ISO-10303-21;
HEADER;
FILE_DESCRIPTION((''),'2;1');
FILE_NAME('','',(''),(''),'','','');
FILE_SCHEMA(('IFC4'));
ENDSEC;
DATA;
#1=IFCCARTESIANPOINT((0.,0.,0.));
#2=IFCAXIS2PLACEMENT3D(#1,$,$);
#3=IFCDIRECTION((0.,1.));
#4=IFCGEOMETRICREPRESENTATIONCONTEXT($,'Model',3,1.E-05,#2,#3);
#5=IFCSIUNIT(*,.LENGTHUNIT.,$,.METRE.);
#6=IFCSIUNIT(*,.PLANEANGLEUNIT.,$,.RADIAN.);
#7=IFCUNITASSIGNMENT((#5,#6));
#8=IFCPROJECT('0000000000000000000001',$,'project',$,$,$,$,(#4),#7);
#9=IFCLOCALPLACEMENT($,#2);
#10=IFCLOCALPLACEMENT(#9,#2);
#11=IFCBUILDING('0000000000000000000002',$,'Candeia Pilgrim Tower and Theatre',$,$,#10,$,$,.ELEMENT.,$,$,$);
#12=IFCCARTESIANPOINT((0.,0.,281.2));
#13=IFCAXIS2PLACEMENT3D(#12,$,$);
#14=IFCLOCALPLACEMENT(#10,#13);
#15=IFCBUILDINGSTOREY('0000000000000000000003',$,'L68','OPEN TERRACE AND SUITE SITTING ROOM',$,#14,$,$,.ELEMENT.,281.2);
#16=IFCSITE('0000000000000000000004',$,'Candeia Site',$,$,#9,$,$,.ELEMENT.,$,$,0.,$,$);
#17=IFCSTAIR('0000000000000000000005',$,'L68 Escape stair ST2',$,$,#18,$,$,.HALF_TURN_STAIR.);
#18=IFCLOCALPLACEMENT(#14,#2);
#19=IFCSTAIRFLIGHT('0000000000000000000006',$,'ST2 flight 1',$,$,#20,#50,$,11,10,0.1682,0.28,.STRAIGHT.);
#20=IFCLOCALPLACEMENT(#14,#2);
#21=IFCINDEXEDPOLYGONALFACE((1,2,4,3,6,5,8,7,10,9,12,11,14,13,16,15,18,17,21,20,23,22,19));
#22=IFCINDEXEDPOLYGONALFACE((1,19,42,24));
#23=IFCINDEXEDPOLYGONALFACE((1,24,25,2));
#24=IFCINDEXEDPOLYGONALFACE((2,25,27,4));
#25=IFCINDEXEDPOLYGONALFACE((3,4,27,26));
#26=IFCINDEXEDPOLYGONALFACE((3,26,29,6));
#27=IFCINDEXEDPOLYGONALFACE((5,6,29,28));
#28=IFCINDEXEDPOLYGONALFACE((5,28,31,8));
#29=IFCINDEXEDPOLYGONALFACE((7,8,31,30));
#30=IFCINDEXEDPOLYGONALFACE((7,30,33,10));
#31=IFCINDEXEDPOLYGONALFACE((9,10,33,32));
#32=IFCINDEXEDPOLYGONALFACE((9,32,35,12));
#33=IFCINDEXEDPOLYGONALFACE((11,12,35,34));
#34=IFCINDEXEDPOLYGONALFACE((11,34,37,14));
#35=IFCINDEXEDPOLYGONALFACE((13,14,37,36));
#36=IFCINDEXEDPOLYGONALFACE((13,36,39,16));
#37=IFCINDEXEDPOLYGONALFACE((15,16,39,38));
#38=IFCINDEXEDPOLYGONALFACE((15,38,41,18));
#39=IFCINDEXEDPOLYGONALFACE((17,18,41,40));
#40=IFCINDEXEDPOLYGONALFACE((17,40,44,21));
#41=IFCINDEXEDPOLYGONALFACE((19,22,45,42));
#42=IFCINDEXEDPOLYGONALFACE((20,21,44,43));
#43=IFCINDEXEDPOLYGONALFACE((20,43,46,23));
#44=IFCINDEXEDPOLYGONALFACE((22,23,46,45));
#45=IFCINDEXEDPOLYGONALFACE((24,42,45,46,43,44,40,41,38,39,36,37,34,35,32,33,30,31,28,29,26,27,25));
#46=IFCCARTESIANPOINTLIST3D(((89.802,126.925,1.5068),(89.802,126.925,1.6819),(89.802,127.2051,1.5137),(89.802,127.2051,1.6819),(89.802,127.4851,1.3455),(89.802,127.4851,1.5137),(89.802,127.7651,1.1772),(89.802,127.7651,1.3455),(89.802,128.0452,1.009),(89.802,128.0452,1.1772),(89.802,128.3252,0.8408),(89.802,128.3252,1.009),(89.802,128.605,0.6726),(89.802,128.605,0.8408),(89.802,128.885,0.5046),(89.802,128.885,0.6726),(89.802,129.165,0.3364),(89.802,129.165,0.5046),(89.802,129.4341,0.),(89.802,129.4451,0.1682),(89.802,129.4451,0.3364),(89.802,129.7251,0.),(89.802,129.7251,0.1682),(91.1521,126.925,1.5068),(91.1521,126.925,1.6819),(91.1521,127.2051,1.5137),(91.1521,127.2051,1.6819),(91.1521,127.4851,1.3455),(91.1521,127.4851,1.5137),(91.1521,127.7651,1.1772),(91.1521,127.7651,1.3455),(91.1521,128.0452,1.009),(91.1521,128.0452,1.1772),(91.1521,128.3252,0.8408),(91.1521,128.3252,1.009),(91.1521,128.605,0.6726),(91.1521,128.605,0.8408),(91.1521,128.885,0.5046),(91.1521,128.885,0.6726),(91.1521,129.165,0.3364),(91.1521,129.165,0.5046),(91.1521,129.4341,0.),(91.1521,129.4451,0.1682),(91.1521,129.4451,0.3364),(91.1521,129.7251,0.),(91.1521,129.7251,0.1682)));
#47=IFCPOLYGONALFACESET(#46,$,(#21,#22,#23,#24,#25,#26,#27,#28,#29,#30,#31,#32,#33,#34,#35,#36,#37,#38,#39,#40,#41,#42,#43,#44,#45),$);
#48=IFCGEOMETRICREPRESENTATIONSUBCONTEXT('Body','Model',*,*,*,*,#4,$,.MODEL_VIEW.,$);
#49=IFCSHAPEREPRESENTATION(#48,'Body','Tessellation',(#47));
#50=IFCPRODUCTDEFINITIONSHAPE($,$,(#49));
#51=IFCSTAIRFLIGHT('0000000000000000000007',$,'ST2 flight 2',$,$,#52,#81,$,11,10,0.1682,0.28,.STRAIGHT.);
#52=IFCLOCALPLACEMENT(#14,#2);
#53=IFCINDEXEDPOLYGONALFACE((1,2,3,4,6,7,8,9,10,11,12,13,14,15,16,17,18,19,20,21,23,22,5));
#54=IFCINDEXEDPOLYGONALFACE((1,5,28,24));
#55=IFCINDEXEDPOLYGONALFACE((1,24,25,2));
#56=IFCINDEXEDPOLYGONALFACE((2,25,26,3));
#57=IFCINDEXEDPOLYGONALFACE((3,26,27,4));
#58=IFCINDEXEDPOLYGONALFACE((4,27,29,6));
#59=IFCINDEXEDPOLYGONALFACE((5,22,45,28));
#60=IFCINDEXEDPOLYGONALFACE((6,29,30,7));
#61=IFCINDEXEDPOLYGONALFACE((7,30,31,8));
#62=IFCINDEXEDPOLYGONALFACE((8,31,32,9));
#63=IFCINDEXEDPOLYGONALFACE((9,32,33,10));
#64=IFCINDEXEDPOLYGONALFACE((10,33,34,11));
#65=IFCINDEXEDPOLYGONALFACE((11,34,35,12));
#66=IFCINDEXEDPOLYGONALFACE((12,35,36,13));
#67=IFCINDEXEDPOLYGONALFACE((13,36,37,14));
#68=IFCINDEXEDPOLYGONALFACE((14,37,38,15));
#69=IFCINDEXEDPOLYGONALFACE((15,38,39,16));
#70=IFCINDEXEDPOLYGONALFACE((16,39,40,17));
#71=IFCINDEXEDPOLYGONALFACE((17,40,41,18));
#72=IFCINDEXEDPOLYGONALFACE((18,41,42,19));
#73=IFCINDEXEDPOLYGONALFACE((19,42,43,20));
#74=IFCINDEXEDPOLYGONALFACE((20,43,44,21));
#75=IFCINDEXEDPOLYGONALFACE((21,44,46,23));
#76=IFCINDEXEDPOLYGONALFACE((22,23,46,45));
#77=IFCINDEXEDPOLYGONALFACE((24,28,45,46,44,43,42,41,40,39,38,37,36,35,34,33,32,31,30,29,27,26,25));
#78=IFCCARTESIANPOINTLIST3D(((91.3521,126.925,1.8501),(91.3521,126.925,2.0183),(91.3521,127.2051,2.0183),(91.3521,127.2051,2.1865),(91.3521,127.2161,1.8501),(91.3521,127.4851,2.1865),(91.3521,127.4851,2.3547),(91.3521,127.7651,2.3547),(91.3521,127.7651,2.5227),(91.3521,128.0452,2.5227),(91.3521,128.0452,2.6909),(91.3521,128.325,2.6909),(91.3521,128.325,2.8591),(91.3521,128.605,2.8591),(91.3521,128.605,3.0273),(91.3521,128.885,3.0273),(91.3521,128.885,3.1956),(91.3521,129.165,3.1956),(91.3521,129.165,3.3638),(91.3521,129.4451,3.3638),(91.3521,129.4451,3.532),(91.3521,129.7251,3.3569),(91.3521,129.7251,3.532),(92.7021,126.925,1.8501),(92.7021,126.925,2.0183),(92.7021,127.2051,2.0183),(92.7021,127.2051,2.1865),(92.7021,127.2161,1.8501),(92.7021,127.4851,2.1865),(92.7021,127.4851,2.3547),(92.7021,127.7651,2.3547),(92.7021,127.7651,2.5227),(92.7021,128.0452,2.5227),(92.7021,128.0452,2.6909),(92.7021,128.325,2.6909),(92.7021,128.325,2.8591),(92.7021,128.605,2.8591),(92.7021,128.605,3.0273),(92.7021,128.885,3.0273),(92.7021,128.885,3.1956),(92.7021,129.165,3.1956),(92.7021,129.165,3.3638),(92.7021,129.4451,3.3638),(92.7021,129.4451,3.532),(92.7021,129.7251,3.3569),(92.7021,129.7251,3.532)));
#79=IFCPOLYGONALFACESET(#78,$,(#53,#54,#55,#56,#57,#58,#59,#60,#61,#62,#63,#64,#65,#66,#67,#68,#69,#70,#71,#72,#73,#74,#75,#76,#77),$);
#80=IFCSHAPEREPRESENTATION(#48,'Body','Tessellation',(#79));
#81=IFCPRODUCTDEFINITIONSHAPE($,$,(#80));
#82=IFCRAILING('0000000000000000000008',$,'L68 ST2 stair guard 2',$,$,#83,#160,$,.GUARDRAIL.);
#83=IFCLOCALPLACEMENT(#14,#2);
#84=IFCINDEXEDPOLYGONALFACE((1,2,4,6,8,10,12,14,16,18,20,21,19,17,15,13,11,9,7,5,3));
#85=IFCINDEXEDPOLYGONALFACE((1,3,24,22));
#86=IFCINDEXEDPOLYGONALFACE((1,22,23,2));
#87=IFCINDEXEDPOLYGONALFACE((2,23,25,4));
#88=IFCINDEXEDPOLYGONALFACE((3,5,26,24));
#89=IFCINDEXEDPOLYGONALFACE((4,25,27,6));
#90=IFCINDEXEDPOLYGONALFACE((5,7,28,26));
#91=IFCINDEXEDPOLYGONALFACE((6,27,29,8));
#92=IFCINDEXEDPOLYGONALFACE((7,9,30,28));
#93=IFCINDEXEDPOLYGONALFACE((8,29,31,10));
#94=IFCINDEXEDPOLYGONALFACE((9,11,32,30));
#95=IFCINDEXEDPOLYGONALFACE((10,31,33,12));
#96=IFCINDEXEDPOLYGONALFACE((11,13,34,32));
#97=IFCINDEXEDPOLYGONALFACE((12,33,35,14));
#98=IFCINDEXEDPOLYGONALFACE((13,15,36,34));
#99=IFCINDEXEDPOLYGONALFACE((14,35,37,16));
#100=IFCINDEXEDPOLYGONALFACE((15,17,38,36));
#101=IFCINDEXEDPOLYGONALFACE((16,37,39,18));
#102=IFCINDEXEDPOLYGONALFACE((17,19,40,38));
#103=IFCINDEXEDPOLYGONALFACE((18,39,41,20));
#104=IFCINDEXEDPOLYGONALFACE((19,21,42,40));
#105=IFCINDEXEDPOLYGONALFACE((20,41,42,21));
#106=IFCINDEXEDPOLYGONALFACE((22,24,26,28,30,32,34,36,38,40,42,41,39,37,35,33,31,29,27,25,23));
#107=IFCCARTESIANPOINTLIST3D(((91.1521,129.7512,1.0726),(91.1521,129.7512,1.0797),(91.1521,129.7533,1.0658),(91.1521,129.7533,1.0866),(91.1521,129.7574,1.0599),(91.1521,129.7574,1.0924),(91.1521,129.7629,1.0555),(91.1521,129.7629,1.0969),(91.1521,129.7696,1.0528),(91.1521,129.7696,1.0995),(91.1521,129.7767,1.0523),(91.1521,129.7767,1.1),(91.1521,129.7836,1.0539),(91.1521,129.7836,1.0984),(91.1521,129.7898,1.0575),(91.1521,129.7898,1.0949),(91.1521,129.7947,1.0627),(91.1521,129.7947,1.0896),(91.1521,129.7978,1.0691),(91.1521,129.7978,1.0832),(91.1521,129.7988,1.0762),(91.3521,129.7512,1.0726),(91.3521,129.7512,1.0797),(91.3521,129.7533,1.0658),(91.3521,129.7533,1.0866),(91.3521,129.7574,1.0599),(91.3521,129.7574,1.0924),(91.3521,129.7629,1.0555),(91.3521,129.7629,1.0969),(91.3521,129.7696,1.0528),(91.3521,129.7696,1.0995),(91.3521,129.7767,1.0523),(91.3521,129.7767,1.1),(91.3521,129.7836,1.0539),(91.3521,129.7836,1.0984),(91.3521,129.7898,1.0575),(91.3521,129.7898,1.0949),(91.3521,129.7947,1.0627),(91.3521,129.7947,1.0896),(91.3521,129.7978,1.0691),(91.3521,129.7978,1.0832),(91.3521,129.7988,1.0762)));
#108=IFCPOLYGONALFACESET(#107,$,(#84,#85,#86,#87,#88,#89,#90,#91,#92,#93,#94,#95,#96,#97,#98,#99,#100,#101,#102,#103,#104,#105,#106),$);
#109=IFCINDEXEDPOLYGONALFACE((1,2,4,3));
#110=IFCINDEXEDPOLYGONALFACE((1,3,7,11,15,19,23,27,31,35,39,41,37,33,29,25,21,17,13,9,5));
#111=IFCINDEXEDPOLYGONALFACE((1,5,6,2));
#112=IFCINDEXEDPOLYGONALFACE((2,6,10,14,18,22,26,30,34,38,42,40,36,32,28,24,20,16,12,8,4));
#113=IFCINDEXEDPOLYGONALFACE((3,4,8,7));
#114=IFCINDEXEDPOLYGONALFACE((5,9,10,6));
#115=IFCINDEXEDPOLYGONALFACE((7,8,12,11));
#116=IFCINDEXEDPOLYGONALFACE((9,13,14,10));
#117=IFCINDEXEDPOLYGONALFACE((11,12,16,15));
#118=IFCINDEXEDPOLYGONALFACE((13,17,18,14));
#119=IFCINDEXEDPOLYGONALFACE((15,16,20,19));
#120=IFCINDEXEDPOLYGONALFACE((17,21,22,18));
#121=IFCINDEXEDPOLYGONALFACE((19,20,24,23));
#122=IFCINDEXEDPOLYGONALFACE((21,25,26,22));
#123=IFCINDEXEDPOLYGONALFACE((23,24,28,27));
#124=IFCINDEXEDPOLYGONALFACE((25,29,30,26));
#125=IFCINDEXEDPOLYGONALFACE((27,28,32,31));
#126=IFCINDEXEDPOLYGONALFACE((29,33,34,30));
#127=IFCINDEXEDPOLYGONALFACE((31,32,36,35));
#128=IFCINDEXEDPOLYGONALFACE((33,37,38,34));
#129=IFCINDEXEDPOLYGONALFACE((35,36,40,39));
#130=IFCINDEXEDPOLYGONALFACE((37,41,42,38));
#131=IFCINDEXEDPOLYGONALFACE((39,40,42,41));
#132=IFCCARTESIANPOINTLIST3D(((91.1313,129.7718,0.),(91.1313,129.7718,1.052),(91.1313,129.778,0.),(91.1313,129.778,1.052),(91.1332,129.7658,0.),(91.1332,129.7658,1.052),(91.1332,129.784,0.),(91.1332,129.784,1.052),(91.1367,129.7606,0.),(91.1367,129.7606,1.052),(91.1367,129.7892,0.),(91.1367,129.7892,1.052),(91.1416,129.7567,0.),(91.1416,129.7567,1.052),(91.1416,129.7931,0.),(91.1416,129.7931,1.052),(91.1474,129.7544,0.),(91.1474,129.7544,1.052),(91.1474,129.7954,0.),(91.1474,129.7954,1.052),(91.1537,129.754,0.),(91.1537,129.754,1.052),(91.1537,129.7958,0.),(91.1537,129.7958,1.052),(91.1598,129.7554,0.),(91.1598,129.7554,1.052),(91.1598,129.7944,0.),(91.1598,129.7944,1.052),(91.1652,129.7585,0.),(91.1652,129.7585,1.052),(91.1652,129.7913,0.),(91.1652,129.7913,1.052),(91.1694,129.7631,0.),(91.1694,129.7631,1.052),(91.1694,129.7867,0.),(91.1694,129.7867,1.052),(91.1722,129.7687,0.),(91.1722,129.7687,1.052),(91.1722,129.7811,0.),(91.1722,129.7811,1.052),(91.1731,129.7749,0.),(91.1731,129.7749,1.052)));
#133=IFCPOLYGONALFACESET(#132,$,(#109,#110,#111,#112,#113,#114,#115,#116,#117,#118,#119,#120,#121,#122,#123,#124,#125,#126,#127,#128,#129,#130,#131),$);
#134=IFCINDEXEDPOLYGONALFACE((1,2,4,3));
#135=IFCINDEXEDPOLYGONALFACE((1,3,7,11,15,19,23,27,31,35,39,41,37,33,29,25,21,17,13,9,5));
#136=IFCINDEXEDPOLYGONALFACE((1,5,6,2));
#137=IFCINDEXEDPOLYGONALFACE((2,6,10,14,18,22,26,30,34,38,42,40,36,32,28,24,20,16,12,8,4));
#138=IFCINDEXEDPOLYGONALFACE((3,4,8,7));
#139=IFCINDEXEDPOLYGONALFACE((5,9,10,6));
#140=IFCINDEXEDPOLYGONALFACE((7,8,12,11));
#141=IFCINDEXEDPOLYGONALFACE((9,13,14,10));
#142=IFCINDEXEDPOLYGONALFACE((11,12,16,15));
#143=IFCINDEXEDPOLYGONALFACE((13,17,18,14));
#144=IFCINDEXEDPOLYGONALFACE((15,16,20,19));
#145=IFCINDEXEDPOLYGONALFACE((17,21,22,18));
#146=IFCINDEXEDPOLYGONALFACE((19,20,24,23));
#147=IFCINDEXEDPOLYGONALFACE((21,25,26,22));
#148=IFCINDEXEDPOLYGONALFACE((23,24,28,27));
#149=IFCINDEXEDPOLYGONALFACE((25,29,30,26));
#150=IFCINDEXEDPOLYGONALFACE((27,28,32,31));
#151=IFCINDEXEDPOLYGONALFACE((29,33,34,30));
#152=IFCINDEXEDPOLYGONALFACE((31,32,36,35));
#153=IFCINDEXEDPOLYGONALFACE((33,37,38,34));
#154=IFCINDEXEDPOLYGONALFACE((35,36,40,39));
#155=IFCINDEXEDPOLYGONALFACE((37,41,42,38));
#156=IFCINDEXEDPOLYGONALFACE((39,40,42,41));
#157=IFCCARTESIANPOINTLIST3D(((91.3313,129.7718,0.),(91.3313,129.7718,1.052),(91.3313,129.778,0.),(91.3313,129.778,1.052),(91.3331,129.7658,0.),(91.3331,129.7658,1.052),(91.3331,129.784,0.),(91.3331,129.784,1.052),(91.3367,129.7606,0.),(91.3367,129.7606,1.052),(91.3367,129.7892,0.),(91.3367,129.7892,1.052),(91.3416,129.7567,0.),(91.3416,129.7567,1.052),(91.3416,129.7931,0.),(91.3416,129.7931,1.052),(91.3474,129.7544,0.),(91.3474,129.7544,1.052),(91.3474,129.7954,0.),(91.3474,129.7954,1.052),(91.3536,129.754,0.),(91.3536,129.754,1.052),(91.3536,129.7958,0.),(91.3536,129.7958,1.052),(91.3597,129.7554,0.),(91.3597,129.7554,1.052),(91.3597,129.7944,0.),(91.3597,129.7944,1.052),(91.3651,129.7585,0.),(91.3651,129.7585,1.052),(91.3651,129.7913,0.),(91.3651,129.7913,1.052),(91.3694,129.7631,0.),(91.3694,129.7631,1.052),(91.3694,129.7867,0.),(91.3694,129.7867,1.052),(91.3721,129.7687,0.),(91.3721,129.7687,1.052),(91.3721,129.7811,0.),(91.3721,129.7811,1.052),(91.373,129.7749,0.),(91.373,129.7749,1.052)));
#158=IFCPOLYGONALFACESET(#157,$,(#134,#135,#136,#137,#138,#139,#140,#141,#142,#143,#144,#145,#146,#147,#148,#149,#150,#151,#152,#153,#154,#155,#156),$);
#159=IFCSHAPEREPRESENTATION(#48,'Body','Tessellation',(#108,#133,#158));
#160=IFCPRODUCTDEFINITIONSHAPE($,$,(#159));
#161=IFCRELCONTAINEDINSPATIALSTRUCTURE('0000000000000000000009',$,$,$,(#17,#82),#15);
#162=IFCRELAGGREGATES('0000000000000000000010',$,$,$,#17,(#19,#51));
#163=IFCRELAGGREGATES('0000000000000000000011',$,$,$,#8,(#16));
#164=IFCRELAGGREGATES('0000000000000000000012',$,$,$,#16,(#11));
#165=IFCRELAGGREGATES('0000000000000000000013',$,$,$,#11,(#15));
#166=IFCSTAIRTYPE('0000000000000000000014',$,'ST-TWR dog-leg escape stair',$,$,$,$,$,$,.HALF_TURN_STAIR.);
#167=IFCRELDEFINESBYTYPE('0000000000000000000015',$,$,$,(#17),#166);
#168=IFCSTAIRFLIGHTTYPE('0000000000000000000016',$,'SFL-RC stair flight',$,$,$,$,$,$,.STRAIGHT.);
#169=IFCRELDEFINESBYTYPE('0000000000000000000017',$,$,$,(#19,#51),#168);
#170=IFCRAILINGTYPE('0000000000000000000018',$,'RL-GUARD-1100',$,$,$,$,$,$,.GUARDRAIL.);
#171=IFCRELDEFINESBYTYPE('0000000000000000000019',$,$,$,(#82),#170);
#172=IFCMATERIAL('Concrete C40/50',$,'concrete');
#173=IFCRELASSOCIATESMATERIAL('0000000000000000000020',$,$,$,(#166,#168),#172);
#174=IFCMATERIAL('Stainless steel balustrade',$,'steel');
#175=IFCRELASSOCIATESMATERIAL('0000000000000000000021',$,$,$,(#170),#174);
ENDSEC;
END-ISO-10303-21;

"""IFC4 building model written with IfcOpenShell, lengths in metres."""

from ifc_helpers import new_model, si_unit, direction, frame, origin, origin_2d, place, context, subcontext, project, spatial, polyline, circle, outline, extrude, material, type_object, element, aggregate, save


model = new_model("IFC4")

# Units and contexts
model_context = context("Model", 3, precision=1e-05, world=origin(), true_north=direction((0.0, 1.0)))
body_context = subcontext(model_context, "Body", "Model", "MODEL_VIEW")
ifc_project = project(units=[si_unit("LENGTHUNIT", "METRE"), si_unit("PLANEANGLEUNIT", "RADIAN")], contexts=[model_context])

# Site, building, storey
site_placement = place(None, origin())
site = spatial("IfcSite", under=ifc_project, at=site_placement, Name="Candeia Site", CompositionType="ELEMENT", RefElevation=0.0)
building_placement = place(site_placement, origin())
building = spatial("IfcBuilding", under=site, at=building_placement, Name="Candeia Pilgrim Tower and Theatre", CompositionType="ELEMENT")
storey_placement = place(building_placement, frame((0.0, 0.0, 281.2)))
storey = spatial("IfcBuildingStorey", under=building, at=storey_placement, Name="L68", Description="OPEN TERRACE AND SUITE SITTING ROOM", CompositionType="ELEMENT", Elevation=281.2)

# Shared definitions
ifc_material_1 = material(Name="Concrete C40/50", Category="concrete")

# Stair, stair flights
stair_type = type_object("IfcStairType", Name="ST-TWR dog-leg escape stair", PredefinedType="HALF_TURN_STAIR", material=ifc_material_1)
stair_placement = place(storey_placement, origin())
stair = element("IfcStair", 1, at=stair_placement, inside=storey, type_object=stair_type, Name="L68 Escape stair ST2", PredefinedType="HALF_TURN_STAIR")
stair_flight_type = type_object("IfcStairFlightType", Name="SFL-RC stair flight", PredefinedType="STRAIGHT", material=ifc_material_1)
stair_flight_1_placement = place(storey_placement, frame((90.4771, 129.7251, 0.0), z_axis=(0.0, 0.0, 1.0), x_axis=(0.0, -1.0, 0.0)))
stair_flight_1 = element("IfcStairFlight", 2, at=stair_flight_1_placement, type_object=stair_flight_type, Name="ST2 flight 1", NumberOfRisers=11, NumberOfTreads=10, PredefinedType="STRAIGHT", RiserHeight=0.1682, TreadLength=0.28, context=body_context, shape_type="SweptSolid", body=[
    extrude(outline(polyline([(0.0, 0.0), (0.0, 0.1682), (0.28, 0.1682), (0.28, 0.3364), (0.5601, 0.3364), (0.5601, 0.5046), (0.8401, 0.5046), (0.8401, 0.6726), (1.1201, 0.6726), (1.1201, 0.8408), (1.3999, 0.8408), (1.3999, 1.009), (1.6799, 1.009), (1.6799, 1.1772), (1.96, 1.1772), (1.96, 1.3455), (2.24, 1.3455), (2.24, 1.5137), (2.52, 1.5137), (2.52, 1.6819), (2.8, 1.6819), (2.8, 1.8501), (2.8, 1.5068), (0.291, 0.0), (0.0, 0.0)])), frame((0.0, 0.675, 0.0), z_axis=(0.0, -1.0, 0.0), x_axis=(1.0, 0.0, 0.0)), (0.0, 0.0, 1.0), 1.3501),
])
stair_flight_2_placement = place(storey_placement, frame((92.0271, 126.925, 1.8501), z_axis=(0.0, 0.0, 1.0), x_axis=(0.0, 1.0, 0.0)))
stair_flight_2 = element("IfcStairFlight", 3, at=stair_flight_2_placement, type_object=stair_flight_type, Name="ST2 flight 2", NumberOfRisers=11, NumberOfTreads=10, PredefinedType="STRAIGHT", RiserHeight=0.1682, TreadLength=0.28, context=body_context, shape_type="SweptSolid", body=[
    extrude(outline(polyline([(0.0, 0.0), (0.0, 0.1682), (0.28, 0.1682), (0.28, 0.3364), (0.5601, 0.3364), (0.5601, 0.5046), (0.8401, 0.5046), (0.8401, 0.6726), (1.1201, 0.6726), (1.1201, 0.8408), (1.3999, 0.8408), (1.3999, 1.009), (1.6799, 1.009), (1.6799, 1.1772), (1.96, 1.1772), (1.96, 1.3455), (2.24, 1.3455), (2.24, 1.5137), (2.52, 1.5137), (2.52, 1.6819), (2.8, 1.6819), (2.8, 1.8501), (2.8, 1.5068), (0.291, 0.0), (0.0, 0.0)])), frame((0.0, 0.675, 0.0), z_axis=(0.0, -1.0, 0.0), x_axis=(1.0, 0.0, 0.0)), (0.0, 0.0, 1.0), 1.3501),
])
aggregate(stair, [stair_flight_1, stair_flight_2])

# Railing
ifc_material_2 = material(Name="Stainless steel balustrade", Category="steel")
railing_type_1 = type_object("IfcRailingType", Name="RL-GUARD-1100", PredefinedType="GUARDRAIL", material=ifc_material_2)
railing_1_placement = place(storey_placement, frame((91.1521, 129.7749, 0.0)))
element("IfcRailing", 4, at=railing_1_placement, inside=storey, type_object=railing_type_1, Name="L68 ST2 stair guard 2", PredefinedType="GUARDRAIL", context=body_context, shape_type="SweptSolid", body=[
    extrude(circle(Radius=0.0239, at=origin_2d()), frame((0.0, 0.0, 1.0762), z_axis=(1.0, 0.0, 0.0), x_axis=(0.0, 1.0, 0.0)), (0.0, 0.0, 1.0), 0.2),
    extrude(circle(Radius=0.021, at=origin_2d()), origin(), (0.0, 0.0, 1.0), 1.052),
    extrude(circle(Radius=0.021, at=origin_2d()), frame((0.2, 0.0, 0.0)), (0.0, 0.0, 1.0), 1.052),
])

save(model, "model.ifc")
